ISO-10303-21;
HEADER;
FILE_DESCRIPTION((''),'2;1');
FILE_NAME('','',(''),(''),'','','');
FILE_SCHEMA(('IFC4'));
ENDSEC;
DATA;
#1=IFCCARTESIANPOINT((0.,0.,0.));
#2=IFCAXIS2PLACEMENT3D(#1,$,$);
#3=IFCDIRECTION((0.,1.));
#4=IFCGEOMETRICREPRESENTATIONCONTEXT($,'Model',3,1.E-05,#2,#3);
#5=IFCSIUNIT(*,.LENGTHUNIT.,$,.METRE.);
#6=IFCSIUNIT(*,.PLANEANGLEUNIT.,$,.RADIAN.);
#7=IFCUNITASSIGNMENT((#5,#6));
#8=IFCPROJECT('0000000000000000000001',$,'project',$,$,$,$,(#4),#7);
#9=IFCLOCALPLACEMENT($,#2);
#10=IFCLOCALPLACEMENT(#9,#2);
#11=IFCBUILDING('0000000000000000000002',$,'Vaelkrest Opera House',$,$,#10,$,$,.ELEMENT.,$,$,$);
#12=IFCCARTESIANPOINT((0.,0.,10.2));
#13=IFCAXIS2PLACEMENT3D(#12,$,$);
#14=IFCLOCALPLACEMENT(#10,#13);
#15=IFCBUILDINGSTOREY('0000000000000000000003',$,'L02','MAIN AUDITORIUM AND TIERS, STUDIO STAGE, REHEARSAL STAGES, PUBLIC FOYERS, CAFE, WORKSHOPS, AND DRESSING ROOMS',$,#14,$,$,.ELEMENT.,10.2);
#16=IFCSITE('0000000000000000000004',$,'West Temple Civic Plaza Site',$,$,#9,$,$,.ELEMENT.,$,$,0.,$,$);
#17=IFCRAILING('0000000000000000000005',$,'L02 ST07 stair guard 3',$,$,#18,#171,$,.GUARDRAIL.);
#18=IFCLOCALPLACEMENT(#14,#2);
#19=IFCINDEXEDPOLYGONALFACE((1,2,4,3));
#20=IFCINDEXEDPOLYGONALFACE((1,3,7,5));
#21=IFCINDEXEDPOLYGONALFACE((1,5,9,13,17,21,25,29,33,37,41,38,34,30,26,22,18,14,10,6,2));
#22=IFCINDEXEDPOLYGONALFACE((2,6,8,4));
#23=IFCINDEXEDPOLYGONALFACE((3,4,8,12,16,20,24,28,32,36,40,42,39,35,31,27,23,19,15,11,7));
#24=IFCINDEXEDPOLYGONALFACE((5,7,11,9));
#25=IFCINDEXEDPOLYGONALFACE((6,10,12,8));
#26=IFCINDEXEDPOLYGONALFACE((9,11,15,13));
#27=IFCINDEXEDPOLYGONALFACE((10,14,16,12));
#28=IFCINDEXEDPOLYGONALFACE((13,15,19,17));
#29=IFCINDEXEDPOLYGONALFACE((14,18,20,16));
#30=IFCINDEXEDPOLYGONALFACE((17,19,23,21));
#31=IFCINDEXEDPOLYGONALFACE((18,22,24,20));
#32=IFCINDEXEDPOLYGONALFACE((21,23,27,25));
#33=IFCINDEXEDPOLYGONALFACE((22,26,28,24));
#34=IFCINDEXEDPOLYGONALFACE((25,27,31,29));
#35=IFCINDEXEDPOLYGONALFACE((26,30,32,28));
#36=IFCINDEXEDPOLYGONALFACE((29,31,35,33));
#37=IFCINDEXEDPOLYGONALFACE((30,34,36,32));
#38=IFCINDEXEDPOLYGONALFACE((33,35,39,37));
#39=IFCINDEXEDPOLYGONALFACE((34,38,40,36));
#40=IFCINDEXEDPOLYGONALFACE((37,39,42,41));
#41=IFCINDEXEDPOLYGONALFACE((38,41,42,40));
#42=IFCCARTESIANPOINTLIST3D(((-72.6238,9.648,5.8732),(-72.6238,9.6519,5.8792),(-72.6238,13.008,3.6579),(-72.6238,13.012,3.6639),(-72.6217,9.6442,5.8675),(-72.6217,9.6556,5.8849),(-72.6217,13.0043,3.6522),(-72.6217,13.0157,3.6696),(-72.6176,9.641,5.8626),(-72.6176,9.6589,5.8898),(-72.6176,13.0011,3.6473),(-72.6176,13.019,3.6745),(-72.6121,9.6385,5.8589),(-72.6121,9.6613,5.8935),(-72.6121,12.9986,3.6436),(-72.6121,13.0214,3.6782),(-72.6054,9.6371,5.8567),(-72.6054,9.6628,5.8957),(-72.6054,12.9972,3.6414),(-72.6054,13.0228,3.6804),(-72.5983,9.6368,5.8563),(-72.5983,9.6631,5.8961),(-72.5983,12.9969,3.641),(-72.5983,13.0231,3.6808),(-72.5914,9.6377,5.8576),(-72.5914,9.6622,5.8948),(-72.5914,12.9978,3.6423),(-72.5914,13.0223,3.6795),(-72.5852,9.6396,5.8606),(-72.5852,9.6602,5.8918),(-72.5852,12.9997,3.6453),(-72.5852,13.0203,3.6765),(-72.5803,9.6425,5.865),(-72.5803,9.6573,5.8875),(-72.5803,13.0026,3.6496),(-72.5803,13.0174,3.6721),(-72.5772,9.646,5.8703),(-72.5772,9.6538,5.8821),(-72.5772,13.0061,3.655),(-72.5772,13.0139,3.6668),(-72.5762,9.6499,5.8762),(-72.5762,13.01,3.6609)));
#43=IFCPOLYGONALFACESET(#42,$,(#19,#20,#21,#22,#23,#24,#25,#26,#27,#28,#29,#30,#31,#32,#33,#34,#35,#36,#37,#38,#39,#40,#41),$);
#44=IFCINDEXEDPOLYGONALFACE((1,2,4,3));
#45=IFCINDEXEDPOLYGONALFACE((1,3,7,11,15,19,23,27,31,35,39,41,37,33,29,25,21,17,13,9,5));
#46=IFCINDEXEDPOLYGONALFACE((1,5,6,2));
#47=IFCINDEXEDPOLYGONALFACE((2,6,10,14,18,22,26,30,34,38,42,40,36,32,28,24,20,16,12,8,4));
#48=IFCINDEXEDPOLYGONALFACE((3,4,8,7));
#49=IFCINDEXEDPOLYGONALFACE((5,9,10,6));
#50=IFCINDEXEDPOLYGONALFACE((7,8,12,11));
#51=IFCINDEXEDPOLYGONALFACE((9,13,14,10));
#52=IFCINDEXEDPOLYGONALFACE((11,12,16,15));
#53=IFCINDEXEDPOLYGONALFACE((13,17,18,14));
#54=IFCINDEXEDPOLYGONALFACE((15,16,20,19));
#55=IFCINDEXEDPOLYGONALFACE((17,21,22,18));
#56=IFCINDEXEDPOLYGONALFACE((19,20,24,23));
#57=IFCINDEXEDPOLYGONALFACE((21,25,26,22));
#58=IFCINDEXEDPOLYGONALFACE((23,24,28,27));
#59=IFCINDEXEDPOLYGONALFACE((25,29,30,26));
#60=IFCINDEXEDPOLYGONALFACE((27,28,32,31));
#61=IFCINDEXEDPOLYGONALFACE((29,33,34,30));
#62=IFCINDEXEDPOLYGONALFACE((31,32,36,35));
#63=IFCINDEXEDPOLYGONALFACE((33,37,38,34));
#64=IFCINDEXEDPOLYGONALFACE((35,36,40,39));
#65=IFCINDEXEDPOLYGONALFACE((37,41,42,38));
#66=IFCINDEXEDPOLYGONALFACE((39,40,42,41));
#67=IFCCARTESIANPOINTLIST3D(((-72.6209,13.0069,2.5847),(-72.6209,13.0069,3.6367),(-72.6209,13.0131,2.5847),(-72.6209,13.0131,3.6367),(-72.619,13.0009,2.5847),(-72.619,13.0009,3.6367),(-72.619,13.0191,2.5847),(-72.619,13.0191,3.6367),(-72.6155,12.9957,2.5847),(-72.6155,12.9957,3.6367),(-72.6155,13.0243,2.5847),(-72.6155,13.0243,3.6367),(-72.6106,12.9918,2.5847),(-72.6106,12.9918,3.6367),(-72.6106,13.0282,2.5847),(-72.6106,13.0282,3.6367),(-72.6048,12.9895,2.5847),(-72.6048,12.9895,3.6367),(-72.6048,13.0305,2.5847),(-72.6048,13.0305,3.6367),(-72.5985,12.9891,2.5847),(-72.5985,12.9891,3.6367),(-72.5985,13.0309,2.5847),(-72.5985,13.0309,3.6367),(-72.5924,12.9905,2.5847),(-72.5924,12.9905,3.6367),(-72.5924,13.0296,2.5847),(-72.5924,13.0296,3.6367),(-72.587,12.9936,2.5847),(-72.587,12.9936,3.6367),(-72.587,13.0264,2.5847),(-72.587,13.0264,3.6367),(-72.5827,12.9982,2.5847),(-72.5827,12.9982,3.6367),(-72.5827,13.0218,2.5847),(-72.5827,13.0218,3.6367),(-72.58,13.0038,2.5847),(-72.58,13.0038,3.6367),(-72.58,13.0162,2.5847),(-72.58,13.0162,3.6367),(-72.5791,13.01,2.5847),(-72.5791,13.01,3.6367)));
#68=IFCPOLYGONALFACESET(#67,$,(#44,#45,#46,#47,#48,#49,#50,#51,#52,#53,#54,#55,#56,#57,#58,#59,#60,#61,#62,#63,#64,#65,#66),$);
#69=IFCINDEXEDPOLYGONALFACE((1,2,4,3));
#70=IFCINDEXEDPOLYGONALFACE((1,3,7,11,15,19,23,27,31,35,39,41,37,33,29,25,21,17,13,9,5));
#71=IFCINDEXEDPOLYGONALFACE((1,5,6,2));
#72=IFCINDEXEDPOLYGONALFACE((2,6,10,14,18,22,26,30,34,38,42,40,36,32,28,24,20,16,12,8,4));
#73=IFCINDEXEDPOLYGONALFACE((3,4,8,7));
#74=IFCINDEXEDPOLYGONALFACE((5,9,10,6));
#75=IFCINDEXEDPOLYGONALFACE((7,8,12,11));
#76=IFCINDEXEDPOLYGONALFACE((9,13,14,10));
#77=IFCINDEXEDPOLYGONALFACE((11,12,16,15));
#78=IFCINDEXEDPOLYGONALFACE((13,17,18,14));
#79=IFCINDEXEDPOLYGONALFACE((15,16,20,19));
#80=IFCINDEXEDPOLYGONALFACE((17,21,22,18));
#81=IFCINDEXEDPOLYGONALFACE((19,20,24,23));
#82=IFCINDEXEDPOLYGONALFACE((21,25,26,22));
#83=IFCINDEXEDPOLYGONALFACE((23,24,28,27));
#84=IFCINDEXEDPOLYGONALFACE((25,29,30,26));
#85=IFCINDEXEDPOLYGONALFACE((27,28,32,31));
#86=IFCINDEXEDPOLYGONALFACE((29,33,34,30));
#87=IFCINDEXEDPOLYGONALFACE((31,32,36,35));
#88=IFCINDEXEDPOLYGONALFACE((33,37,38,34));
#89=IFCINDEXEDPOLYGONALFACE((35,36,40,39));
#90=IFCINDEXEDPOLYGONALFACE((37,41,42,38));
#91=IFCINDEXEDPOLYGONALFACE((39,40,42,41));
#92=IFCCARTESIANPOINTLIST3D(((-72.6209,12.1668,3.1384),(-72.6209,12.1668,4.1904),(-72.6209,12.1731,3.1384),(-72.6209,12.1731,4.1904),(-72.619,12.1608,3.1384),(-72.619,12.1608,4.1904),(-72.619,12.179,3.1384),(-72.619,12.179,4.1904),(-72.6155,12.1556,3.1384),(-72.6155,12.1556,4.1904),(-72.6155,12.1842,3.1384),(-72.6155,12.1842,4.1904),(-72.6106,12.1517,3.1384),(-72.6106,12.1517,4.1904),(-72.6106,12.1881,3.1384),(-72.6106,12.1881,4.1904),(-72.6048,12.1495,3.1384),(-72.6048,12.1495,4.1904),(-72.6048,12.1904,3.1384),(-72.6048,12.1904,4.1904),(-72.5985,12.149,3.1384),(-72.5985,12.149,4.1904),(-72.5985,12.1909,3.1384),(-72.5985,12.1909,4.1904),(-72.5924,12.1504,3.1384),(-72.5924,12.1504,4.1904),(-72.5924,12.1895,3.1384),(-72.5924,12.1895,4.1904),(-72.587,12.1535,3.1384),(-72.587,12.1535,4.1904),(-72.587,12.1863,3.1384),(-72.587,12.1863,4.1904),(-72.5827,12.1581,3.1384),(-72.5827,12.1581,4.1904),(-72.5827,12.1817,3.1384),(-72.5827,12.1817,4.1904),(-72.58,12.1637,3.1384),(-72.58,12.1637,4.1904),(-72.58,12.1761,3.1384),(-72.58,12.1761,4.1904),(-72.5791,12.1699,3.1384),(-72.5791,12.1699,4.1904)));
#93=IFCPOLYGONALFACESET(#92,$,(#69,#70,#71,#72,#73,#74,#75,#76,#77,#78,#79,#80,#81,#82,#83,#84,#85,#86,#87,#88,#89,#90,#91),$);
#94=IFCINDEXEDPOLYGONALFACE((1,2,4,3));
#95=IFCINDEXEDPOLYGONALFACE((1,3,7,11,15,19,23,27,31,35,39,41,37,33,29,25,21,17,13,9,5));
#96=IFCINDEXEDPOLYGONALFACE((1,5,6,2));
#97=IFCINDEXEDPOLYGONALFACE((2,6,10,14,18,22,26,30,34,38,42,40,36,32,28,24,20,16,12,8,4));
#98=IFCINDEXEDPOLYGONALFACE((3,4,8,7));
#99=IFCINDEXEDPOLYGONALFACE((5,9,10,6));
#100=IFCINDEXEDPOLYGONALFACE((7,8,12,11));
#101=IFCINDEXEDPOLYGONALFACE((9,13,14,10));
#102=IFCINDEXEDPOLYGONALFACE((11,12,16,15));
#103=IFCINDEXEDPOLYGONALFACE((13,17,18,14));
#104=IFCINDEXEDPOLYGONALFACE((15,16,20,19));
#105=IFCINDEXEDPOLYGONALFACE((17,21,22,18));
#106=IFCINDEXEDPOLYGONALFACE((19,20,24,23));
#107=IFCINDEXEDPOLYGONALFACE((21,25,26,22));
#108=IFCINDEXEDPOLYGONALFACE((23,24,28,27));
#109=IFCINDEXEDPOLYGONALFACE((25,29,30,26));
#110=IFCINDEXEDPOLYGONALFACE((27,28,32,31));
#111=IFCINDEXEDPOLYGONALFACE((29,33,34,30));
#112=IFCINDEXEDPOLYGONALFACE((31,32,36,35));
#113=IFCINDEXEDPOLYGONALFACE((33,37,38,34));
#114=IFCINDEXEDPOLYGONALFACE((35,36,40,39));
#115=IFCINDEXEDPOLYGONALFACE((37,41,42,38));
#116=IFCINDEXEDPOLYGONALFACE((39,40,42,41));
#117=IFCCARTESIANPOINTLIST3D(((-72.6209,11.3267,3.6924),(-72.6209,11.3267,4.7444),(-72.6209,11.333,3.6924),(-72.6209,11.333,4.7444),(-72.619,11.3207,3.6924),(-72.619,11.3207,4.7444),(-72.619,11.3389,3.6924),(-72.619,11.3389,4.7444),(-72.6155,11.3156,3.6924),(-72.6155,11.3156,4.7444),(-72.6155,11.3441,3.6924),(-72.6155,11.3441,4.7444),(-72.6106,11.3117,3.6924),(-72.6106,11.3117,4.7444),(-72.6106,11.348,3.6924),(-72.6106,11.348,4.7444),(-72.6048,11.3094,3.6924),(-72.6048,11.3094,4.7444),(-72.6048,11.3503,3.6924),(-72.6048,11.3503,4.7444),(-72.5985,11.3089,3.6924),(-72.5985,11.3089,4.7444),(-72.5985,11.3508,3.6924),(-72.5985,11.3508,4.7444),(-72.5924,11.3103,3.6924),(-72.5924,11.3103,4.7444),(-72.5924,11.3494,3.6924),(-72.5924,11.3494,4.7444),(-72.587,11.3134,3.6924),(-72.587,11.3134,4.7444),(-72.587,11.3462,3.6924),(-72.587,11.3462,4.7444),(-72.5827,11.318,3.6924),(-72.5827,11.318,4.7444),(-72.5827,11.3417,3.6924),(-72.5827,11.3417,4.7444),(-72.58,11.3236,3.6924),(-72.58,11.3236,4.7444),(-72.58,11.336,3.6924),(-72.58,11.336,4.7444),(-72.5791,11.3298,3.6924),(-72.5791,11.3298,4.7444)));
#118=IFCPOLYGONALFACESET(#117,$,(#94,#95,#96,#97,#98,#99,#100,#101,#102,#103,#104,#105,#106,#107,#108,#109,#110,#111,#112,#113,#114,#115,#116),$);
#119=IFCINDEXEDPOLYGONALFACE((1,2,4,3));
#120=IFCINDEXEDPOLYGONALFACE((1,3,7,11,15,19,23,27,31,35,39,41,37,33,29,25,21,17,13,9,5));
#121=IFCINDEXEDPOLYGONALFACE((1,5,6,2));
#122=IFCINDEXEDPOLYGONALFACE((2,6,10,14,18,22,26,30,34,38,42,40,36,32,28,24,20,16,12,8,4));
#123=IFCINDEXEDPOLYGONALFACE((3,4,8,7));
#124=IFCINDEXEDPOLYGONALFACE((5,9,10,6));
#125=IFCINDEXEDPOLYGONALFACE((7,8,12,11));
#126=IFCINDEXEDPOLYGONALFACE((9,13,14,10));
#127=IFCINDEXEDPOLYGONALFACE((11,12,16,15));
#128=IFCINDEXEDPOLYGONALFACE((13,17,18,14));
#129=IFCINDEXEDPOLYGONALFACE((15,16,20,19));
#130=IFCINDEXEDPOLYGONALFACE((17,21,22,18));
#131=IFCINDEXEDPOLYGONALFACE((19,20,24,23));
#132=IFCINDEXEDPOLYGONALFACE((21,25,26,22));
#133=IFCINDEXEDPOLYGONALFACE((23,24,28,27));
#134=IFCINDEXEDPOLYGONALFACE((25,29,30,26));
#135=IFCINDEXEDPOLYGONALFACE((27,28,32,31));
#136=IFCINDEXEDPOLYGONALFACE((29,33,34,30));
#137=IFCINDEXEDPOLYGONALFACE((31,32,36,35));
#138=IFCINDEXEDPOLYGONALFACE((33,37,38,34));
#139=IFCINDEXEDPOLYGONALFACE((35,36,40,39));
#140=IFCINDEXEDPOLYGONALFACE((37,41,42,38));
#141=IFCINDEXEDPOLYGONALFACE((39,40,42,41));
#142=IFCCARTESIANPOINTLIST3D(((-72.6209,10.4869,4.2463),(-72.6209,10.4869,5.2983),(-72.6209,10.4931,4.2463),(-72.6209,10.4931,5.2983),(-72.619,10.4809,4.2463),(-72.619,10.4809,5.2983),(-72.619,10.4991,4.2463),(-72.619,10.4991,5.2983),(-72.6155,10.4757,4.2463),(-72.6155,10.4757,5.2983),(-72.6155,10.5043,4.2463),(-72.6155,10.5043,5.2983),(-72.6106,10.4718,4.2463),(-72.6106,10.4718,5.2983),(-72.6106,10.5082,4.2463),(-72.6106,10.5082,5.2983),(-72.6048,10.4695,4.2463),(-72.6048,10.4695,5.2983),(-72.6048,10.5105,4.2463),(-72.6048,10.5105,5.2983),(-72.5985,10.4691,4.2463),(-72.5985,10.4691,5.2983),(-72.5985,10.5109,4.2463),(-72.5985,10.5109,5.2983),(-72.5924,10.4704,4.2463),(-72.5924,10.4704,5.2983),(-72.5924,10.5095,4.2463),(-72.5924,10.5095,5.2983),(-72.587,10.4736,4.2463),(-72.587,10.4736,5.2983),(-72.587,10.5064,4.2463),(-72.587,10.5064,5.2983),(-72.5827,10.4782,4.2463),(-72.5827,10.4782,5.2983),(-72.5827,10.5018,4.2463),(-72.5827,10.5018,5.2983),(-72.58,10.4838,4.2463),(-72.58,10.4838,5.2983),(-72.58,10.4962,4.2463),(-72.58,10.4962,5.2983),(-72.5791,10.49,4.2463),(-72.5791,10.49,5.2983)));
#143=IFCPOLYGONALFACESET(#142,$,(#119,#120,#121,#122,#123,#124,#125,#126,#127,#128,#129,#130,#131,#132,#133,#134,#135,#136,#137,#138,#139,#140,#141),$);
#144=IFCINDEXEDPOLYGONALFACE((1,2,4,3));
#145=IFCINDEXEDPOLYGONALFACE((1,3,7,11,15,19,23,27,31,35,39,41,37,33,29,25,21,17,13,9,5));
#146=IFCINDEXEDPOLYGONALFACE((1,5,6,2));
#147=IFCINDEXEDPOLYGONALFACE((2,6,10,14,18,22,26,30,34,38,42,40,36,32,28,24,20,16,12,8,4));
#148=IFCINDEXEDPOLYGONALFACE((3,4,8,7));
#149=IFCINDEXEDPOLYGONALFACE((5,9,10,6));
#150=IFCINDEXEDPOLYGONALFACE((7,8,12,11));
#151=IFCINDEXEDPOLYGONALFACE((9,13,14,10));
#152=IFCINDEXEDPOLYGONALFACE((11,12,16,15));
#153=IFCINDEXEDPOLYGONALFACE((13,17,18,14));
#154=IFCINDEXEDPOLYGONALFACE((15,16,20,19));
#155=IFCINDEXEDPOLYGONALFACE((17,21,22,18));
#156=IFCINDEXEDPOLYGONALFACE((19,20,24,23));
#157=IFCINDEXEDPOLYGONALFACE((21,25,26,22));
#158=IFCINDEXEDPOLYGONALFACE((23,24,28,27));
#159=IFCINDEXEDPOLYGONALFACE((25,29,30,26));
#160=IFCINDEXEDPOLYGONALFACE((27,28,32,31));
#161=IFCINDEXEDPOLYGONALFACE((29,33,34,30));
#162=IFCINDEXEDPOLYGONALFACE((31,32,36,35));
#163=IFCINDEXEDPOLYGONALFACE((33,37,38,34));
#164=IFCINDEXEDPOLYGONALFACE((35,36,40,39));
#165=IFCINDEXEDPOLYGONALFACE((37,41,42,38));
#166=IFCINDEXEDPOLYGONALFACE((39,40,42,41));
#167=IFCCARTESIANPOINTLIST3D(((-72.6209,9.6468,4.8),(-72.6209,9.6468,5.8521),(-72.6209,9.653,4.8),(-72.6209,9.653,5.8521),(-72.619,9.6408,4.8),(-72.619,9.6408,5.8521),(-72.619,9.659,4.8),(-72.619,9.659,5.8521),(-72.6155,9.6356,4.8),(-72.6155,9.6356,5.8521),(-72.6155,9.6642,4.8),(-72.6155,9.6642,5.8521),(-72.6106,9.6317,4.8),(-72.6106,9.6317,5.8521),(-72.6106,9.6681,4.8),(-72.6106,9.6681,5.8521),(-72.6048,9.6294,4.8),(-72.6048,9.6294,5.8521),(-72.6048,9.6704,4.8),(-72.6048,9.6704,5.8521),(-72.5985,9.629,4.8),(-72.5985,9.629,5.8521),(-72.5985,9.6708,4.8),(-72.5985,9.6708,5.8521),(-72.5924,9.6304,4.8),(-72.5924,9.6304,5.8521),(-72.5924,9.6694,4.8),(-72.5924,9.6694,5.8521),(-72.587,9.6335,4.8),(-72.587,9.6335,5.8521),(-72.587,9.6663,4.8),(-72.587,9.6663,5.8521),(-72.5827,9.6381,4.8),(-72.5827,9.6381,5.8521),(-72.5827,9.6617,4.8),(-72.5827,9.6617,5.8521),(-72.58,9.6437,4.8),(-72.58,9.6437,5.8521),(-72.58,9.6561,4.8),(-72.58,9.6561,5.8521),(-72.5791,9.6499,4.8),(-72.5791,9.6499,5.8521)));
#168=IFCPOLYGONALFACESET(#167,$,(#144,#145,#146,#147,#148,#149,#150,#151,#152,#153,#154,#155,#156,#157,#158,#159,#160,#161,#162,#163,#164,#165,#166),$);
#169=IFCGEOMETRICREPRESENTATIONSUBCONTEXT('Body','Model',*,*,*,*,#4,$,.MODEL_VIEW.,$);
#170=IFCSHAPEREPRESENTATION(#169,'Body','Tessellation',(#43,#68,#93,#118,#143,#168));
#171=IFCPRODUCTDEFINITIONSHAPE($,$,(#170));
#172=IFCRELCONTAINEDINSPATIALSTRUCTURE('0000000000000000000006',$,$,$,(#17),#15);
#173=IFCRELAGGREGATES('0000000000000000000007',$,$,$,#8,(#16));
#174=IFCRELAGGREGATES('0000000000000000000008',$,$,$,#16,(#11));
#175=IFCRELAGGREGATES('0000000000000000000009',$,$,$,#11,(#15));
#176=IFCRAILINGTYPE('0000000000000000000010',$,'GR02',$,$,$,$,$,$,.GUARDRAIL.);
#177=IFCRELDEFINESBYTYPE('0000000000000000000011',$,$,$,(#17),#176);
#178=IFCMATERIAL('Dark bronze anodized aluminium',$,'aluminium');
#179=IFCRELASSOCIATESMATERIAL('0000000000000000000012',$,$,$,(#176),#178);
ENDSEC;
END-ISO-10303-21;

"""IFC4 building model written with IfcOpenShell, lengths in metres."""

from ifc_helpers import new_model, si_unit, direction, frame, origin, origin_2d, place, context, subcontext, project, spatial, circle, extrude, material, type_object, element, save


model = new_model("IFC4")

# Units and contexts
model_context = context("Model", 3, precision=1e-05, world=origin(), true_north=direction((0.0, 1.0)))
body_context = subcontext(model_context, "Body", "Model", "MODEL_VIEW")
ifc_project = project(units=[si_unit("LENGTHUNIT", "METRE"), si_unit("PLANEANGLEUNIT", "RADIAN")], contexts=[model_context])

# Site, building, storey
site_placement = place(None, origin())
site = spatial("IfcSite", under=ifc_project, at=site_placement, Name="West Temple Civic Plaza Site", CompositionType="ELEMENT", RefElevation=0.0)
building_placement = place(site_placement, origin())
building = spatial("IfcBuilding", under=site, at=building_placement, Name="Vaelkrest Opera House", CompositionType="ELEMENT")
storey_placement = place(building_placement, frame((0.0, 0.0, 10.2)))
storey = spatial("IfcBuildingStorey", under=building, at=storey_placement, Name="L02", Description="MAIN AUDITORIUM AND TIERS, STUDIO STAGE, REHEARSAL STAGES, PUBLIC FOYERS, CAFE, WORKSHOPS, AND DRESSING ROOMS", CompositionType="ELEMENT", Elevation=10.2)

# Shared definitions
ifc_material_1 = material(Name="Dark bronze anodized aluminium", Category="aluminium")

# Railing
railing_type_1 = type_object("IfcRailingType", Name="GR02", PredefinedType="GUARDRAIL", material=ifc_material_1)
railing_1_placement = place(storey_placement, frame((-72.6001, 13.01, 2.5847)))
element("IfcRailing", 1, at=railing_1_placement, inside=storey, type_object=railing_type_1, Name="L02 ST07 stair guard 3", PredefinedType="GUARDRAIL", context=body_context, shape_type="SweptSolid", body=[
    extrude(circle(Radius=0.0239, at=origin_2d()), frame((0.0, 0.0, 1.0762), z_axis=(0.0, -0.834876, 0.550437), x_axis=(1.0, 0.0, 0.0)), (0.0, 0.0, 1.0), 4.0247),
    extrude(circle(Radius=0.021, at=origin_2d()), origin(), (0.0, 0.0, 1.0), 1.052),
    extrude(circle(Radius=0.021, at=origin_2d()), frame((0.0, -0.8401, 0.5537)), (0.0, 0.0, 1.0), 1.052),
    extrude(circle(Radius=0.021, at=origin_2d()), frame((0.0, -1.6802, 1.1077)), (0.0, 0.0, 1.0), 1.052),
    extrude(circle(Radius=0.021, at=origin_2d()), frame((0.0, -2.52, 1.6616)), (0.0, 0.0, 1.0), 1.052),
    extrude(circle(Radius=0.021, at=origin_2d()), frame((0.0, -3.3601, 2.2153)), (0.0, 0.0, 1.0), 1.052),
])

save(model, "model.ifc")
